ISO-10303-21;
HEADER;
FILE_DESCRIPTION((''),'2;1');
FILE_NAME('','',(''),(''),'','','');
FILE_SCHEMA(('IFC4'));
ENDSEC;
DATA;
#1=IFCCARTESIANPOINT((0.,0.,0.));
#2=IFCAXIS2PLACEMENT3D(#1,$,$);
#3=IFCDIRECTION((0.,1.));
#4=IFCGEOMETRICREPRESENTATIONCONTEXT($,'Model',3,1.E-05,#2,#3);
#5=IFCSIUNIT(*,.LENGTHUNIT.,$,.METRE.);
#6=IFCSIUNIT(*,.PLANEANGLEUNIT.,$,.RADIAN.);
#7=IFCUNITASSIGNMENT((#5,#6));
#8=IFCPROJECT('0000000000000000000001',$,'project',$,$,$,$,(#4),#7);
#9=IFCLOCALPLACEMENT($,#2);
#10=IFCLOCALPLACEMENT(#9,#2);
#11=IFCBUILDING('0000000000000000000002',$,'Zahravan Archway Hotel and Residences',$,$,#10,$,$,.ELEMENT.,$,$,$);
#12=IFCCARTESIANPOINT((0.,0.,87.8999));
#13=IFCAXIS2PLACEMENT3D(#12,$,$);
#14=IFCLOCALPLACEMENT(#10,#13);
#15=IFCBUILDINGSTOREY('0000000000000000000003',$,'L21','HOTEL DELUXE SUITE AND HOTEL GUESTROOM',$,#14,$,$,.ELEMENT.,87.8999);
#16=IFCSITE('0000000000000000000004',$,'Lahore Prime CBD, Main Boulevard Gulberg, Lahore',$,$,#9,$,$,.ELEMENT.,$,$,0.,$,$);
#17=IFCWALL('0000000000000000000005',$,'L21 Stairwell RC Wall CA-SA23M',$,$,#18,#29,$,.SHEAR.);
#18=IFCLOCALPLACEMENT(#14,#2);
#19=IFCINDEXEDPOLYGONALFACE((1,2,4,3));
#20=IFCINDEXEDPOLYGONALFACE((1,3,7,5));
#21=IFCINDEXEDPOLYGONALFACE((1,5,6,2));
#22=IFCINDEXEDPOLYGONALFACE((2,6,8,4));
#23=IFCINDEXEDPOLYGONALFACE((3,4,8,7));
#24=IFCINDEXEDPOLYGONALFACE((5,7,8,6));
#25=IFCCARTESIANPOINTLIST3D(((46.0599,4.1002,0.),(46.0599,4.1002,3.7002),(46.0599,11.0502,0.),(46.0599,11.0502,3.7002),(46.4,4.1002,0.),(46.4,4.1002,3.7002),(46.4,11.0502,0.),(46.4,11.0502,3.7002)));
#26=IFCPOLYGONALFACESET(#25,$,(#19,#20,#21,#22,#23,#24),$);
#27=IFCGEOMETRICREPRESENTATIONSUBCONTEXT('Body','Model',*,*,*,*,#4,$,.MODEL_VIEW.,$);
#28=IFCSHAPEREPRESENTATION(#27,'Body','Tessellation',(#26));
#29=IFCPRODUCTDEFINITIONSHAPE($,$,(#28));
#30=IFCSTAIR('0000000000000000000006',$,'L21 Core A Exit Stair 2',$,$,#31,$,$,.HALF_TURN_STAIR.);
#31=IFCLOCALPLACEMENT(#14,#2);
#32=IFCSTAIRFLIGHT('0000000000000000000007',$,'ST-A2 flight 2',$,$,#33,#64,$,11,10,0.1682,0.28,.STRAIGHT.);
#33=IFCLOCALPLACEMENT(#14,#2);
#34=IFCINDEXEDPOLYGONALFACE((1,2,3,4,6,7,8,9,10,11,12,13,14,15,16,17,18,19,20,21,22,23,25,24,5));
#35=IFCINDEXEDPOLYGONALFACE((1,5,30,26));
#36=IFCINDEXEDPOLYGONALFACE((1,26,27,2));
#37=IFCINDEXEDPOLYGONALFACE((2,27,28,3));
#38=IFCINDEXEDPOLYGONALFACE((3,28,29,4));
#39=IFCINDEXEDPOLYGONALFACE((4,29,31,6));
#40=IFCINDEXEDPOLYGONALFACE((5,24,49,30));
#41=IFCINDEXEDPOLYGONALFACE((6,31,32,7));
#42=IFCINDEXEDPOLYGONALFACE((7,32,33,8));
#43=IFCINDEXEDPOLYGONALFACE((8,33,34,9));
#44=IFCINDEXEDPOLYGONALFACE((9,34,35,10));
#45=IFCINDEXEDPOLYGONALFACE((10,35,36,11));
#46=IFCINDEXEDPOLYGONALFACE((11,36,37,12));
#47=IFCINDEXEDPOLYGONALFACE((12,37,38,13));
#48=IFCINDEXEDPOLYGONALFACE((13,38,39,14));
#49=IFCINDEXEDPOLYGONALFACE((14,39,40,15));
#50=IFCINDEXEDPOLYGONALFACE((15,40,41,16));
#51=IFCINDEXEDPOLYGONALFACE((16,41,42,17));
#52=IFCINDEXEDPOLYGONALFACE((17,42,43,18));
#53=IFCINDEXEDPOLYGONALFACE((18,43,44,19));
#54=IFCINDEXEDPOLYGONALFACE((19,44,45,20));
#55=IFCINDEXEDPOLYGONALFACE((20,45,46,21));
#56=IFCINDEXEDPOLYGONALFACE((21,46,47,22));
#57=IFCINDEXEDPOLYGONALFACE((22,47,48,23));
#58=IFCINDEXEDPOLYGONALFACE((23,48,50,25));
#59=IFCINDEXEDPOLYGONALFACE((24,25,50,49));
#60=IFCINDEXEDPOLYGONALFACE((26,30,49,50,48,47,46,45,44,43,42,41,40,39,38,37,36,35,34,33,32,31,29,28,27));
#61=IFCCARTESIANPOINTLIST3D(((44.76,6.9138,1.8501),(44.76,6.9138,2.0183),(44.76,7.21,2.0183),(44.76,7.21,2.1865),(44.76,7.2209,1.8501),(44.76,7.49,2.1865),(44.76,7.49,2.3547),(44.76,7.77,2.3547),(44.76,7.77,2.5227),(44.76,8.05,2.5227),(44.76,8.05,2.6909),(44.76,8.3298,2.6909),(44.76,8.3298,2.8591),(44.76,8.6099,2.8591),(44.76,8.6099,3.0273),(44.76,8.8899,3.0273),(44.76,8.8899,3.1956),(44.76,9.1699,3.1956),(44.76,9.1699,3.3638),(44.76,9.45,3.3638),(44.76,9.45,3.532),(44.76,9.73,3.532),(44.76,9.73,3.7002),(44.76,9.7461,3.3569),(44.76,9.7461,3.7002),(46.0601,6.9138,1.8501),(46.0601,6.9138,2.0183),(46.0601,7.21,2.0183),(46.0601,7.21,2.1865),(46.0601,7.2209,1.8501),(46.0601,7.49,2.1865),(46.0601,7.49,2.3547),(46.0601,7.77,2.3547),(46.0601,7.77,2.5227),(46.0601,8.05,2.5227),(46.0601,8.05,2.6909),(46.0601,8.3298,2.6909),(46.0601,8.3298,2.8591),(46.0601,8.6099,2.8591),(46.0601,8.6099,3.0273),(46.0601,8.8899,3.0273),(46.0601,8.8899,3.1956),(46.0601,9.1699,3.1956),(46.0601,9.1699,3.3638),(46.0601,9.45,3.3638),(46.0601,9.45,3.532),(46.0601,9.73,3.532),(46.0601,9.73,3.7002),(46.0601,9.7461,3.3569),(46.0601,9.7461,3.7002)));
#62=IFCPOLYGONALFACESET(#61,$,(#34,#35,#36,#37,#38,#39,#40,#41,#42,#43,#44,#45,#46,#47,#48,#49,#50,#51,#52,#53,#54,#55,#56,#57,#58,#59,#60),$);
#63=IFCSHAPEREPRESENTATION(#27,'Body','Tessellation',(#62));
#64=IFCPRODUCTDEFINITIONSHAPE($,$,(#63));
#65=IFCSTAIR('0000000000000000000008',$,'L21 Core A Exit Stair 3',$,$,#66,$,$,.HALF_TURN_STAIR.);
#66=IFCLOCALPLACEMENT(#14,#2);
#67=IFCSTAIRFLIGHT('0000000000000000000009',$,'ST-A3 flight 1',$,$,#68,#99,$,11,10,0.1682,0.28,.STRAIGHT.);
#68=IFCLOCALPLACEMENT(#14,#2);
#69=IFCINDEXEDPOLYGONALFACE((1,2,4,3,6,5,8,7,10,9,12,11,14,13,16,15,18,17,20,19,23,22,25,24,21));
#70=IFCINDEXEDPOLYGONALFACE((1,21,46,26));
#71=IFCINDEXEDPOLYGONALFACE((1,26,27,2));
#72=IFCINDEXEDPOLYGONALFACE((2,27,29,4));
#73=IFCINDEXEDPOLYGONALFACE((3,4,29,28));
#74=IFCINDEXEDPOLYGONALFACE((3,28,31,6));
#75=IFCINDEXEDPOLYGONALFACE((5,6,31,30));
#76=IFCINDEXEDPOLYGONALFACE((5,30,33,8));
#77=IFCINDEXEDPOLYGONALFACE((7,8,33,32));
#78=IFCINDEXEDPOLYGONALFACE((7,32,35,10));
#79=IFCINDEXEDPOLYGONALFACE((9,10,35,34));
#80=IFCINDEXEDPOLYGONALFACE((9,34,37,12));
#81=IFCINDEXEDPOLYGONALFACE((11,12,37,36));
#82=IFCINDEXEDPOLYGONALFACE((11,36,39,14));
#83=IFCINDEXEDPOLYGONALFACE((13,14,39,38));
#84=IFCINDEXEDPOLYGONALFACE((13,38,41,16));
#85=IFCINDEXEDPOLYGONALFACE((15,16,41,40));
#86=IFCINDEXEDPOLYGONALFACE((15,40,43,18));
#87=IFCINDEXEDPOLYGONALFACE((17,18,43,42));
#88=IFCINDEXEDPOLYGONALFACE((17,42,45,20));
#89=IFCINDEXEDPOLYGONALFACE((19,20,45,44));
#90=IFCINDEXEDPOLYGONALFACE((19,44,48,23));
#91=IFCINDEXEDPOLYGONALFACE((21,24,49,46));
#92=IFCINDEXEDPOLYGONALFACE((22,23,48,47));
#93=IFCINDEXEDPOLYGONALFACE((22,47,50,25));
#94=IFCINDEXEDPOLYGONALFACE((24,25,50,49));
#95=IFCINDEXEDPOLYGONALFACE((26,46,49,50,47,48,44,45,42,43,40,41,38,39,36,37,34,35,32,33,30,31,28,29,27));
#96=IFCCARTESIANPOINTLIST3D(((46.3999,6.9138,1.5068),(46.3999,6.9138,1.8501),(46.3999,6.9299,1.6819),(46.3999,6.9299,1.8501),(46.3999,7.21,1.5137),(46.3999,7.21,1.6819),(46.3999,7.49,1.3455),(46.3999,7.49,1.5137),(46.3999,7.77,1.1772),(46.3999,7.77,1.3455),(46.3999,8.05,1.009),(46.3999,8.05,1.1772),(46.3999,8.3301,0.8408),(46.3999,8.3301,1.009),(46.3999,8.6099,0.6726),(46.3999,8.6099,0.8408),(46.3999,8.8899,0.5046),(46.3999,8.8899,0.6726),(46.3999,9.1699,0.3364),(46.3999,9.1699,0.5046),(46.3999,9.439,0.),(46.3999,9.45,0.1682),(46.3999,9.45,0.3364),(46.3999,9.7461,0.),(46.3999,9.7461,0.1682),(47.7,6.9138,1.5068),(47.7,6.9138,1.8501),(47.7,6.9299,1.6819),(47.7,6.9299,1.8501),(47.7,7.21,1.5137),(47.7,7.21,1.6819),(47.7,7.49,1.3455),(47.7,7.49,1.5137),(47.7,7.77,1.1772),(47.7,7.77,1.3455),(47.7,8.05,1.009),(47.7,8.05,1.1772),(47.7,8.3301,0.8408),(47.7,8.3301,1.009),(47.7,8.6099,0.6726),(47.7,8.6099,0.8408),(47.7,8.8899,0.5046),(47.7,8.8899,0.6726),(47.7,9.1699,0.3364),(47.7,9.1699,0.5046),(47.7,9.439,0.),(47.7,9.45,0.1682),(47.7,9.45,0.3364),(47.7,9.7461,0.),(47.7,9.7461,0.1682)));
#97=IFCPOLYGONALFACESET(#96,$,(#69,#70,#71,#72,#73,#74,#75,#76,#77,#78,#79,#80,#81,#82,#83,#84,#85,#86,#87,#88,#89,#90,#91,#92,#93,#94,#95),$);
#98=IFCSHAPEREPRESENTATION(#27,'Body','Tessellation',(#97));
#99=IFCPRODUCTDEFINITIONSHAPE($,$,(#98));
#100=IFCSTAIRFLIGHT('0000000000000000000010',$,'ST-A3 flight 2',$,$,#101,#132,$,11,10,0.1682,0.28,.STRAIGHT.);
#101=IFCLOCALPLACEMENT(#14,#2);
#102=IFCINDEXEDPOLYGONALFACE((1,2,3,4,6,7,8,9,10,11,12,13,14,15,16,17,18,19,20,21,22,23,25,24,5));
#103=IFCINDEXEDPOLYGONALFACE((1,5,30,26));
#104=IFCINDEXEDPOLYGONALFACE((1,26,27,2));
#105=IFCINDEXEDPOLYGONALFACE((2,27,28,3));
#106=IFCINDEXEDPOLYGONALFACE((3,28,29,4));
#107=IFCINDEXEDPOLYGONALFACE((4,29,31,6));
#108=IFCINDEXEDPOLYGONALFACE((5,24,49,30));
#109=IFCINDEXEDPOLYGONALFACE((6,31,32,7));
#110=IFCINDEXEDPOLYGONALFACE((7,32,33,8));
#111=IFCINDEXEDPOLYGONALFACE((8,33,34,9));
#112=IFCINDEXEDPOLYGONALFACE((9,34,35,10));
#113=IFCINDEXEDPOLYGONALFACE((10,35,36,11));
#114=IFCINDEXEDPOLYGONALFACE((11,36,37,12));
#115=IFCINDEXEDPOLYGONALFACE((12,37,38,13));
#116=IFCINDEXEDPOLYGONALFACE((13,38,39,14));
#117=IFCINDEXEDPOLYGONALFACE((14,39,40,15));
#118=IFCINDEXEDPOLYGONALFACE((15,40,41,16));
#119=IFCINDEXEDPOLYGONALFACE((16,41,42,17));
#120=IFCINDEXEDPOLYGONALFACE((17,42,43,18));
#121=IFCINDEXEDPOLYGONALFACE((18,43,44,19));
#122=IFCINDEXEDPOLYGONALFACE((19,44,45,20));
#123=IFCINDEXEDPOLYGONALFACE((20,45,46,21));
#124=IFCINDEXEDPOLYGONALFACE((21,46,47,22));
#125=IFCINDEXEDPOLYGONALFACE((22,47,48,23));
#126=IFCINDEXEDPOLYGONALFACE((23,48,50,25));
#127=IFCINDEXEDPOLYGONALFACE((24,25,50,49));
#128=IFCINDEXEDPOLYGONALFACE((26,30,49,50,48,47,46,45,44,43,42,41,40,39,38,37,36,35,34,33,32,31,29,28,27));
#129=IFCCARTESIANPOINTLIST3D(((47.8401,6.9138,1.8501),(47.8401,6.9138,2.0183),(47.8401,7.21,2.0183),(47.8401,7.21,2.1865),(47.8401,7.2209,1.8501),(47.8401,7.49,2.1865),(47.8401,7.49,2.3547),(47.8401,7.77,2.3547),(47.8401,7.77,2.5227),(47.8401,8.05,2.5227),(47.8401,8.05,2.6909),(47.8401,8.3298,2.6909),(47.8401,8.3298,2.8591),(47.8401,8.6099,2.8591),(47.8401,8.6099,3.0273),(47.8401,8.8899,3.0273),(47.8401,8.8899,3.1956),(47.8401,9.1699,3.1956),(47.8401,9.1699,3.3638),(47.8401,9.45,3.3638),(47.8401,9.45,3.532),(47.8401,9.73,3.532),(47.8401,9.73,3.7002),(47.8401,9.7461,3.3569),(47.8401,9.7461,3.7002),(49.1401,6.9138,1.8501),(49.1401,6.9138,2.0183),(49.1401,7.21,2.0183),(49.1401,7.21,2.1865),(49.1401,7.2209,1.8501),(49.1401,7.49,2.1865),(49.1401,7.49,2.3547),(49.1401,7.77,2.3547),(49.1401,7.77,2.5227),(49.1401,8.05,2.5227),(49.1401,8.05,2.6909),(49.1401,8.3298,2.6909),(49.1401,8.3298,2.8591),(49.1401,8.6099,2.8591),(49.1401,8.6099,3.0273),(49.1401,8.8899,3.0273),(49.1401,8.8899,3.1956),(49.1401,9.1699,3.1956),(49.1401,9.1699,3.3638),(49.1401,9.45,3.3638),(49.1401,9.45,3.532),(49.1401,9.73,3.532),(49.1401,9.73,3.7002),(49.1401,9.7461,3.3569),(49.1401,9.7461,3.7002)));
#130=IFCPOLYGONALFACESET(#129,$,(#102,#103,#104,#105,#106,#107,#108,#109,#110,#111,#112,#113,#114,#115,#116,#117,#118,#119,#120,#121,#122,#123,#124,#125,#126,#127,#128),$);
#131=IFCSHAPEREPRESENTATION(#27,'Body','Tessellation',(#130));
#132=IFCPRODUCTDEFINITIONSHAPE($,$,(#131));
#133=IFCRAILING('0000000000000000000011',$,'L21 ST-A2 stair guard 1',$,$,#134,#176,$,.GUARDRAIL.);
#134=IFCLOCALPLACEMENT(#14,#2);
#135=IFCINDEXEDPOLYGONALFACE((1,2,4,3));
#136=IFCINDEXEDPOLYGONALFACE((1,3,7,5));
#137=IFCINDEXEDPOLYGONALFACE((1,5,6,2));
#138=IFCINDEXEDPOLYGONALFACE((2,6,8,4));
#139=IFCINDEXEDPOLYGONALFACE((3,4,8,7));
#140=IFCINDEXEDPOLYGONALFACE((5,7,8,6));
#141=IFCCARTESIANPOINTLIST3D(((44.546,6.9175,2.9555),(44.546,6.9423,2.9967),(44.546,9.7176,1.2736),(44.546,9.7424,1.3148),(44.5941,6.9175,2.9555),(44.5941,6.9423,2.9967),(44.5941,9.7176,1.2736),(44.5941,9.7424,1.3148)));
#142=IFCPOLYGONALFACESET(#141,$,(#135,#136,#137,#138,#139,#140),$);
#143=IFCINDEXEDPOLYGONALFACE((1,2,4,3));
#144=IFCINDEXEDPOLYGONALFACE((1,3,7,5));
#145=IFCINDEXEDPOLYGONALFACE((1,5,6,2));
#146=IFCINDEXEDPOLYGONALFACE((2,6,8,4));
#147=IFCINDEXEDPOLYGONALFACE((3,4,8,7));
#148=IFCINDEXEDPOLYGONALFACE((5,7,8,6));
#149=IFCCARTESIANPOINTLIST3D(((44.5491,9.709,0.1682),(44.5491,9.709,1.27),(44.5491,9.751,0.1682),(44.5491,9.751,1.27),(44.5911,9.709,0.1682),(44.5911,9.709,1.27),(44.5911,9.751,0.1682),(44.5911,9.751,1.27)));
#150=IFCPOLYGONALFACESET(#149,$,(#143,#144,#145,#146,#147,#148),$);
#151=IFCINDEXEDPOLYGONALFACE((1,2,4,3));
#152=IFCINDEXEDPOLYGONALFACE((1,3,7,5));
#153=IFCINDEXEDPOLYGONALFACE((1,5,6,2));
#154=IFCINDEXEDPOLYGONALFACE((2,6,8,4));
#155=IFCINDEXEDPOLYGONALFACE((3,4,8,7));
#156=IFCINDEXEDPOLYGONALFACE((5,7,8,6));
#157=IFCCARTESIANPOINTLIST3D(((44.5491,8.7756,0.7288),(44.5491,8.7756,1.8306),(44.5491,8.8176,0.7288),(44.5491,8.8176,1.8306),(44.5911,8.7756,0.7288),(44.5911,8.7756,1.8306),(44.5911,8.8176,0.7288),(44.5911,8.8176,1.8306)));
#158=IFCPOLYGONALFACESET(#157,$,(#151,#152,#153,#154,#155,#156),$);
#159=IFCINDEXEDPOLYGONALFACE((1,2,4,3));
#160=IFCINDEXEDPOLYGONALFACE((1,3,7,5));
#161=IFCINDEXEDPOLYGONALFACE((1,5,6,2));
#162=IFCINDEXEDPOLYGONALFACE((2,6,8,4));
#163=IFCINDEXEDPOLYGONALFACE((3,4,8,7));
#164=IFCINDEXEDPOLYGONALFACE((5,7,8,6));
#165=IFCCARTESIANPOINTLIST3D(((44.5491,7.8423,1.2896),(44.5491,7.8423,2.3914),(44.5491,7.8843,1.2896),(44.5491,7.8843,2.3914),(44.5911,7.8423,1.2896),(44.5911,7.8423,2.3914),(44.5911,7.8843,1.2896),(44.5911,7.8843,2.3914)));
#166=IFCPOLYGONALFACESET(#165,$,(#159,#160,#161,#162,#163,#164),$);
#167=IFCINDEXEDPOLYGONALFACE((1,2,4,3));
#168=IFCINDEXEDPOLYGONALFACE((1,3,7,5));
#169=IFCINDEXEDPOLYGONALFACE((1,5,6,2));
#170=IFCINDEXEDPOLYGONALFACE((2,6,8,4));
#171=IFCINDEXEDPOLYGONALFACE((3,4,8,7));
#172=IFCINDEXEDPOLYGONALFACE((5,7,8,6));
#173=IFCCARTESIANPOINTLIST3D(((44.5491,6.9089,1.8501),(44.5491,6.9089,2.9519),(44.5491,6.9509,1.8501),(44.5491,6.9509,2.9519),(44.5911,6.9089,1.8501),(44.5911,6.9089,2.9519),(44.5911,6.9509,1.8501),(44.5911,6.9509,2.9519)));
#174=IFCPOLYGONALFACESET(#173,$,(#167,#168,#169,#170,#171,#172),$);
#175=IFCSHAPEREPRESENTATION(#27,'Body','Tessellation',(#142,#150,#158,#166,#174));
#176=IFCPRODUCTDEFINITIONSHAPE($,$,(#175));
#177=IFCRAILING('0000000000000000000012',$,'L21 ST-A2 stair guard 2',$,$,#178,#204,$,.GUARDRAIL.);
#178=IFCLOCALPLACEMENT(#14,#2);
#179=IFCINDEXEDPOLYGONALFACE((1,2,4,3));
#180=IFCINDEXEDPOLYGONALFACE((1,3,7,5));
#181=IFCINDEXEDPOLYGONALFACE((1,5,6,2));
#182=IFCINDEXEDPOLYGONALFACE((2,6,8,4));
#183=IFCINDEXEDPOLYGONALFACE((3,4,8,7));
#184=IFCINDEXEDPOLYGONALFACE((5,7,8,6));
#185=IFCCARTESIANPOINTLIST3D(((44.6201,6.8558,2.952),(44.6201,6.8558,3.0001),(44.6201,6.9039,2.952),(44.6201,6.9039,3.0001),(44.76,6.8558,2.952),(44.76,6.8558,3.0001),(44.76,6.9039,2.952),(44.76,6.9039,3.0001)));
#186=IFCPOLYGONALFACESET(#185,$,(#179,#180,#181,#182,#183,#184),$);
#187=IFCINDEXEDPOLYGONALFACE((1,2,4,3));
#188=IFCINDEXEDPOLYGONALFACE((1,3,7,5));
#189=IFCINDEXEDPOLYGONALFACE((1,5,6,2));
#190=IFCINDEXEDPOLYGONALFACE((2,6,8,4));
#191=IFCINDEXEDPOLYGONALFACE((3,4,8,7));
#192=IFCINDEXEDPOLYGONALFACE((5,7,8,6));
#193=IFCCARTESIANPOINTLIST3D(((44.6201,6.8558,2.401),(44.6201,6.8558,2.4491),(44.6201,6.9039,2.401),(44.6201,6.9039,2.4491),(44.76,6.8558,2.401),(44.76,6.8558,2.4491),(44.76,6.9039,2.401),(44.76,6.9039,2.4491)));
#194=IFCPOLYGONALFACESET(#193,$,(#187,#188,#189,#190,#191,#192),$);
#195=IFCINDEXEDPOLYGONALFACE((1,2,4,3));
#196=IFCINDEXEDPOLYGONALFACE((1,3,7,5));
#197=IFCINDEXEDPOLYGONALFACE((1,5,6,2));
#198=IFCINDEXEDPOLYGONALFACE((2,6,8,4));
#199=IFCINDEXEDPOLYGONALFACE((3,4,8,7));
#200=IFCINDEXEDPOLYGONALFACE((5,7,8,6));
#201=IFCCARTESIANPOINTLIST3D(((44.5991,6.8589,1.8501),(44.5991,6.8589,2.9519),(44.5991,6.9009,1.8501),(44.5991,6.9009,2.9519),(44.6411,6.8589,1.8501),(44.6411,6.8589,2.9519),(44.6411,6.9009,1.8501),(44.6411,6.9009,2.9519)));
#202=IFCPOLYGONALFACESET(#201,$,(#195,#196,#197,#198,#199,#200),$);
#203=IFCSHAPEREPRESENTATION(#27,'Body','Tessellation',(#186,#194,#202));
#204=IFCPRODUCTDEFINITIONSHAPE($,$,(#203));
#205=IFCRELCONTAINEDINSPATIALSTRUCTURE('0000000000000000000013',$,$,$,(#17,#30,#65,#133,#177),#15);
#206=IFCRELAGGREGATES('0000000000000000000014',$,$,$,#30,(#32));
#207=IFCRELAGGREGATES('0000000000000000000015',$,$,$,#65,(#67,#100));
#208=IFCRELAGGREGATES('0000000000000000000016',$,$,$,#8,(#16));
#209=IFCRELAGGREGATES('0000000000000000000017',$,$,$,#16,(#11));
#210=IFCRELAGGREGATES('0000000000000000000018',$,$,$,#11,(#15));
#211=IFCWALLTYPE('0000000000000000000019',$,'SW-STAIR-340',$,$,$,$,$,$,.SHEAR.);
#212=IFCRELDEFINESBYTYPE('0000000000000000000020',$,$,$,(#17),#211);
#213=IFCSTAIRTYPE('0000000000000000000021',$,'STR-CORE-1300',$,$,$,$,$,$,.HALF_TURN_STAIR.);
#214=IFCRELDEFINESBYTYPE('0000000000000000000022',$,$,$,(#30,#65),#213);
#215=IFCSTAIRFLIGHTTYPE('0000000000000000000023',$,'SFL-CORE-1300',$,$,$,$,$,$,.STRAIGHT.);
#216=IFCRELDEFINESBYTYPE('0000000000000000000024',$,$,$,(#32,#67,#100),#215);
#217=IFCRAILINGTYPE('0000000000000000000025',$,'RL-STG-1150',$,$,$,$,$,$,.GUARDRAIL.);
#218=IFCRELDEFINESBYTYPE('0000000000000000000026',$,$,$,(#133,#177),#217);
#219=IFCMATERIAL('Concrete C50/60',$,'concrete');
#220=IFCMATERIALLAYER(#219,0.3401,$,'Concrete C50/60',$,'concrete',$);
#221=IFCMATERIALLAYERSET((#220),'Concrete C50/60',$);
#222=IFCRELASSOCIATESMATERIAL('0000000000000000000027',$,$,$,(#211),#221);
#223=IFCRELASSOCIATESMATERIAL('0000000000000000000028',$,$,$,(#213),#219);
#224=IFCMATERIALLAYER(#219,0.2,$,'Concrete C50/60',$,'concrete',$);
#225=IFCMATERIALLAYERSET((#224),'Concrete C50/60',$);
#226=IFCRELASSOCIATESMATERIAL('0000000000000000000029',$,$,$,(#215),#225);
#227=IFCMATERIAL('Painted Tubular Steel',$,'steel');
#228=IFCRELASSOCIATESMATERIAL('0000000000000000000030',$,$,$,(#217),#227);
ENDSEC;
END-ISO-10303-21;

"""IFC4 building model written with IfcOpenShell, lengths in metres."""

from ifc_helpers import new_model, si_unit, direction, frame, frame_2d, origin, origin_2d, place, context, subcontext, project, spatial, polyline, rectangle, outline, extrude, source, transform, mapped, material, layer, layer_set, type_object, element, aggregate, save


model = new_model("IFC4")

# Units and contexts
model_context = context("Model", 3, precision=1e-05, world=origin(), true_north=direction((0.0, 1.0)))
body_context = subcontext(model_context, "Body", "Model", "MODEL_VIEW")
ifc_project = project(units=[si_unit("LENGTHUNIT", "METRE"), si_unit("PLANEANGLEUNIT", "RADIAN")], contexts=[model_context])

# Site, building, storey
site_placement = place(None, origin())
site = spatial("IfcSite", under=ifc_project, at=site_placement, Name="Lahore Prime CBD, Main Boulevard Gulberg, Lahore", CompositionType="ELEMENT", RefElevation=0.0)
building_placement = place(site_placement, origin())
building = spatial("IfcBuilding", under=site, at=building_placement, Name="Zahravan Archway Hotel and Residences", CompositionType="ELEMENT")
storey_placement = place(building_placement, frame((0.0, 0.0, 87.8999)))
storey = spatial("IfcBuildingStorey", under=building, at=storey_placement, Name="L21", Description="HOTEL DELUXE SUITE AND HOTEL GUESTROOM", CompositionType="ELEMENT", Elevation=87.8999)

# Wall
ifc_material_1 = material(Name="Concrete C50/60", Category="concrete")
ifc_layer_1 = layer(ifc_material_1, 0.3401, Name="Concrete C50/60", Category="concrete")
ifc_layer_set_1 = layer_set([ifc_layer_1], Name="Concrete C50/60")
wall_type = type_object("IfcWallType", Name="SW-STAIR-340", PredefinedType="SHEAR", material=ifc_layer_set_1)
wall_placement = place(storey_placement, frame((46.23, 4.1001, 0.0), z_axis=(0.0, 0.0, 1.0), x_axis=(0.0, 1.0, 0.0)))
element("IfcWall", 1, at=wall_placement, inside=storey, type_object=wall_type, Name="L21 Stairwell RC Wall CA-SA23M", PredefinedType="SHEAR", context=body_context, shape_type="SweptSolid", body=[
    extrude(rectangle(XDim=6.95, YDim=0.3401, at=frame_2d((3.4751, 0.0))), origin(), (0.0, 0.0, 1.0), 3.7002),
])

# Stair, stair flight
stair_type = type_object("IfcStairType", Name="STR-CORE-1300", PredefinedType="HALF_TURN_STAIR", material=ifc_material_1)
stair_1_placement = place(storey_placement, origin())
stair_1 = element("IfcStair", 2, at=stair_1_placement, inside=storey, type_object=stair_type, Name="L21 Core A Exit Stair 2", PredefinedType="HALF_TURN_STAIR")
ifc_layer_2 = layer(ifc_material_1, 0.2, Name="Concrete C50/60", Category="concrete")
ifc_layer_set_2 = layer_set([ifc_layer_2], Name="Concrete C50/60")
stair_flight_type = type_object("IfcStairFlightType", Name="SFL-CORE-1300", PredefinedType="STRAIGHT", material=ifc_layer_set_2)
shared_shape = source(origin(), body_context, "Body", "SweptSolid", [
    extrude(outline(polyline([(-0.0161, 0.0), (-0.0161, 0.1682), (0.28, 0.1682), (0.28, 0.3364), (0.5601, 0.3364), (0.5601, 0.5046), (0.8401, 0.5046), (0.8401, 0.6726), (1.1201, 0.6726), (1.1201, 0.8408), (1.3999, 0.8408), (1.3999, 1.009), (1.6799, 1.009), (1.6799, 1.1772), (1.96, 1.1772), (1.96, 1.3455), (2.24, 1.3455), (2.24, 1.5137), (2.52, 1.5137), (2.52, 1.6819), (2.8, 1.6819), (2.8, 1.8501), (2.8162, 1.8501), (2.8162, 1.5068), (0.291, 0.0), (-0.0161, 0.0)])), frame((0.0, 0.6499, 0.0), z_axis=(0.0, -1.0, 0.0), x_axis=(1.0, 0.0, 0.0)), (0.0, 0.0, 1.0), 1.3),
])
stair_flight_1_placement = place(storey_placement, frame((45.4099, 6.9299, 1.8501), z_axis=(0.0, 0.0, 1.0), x_axis=(0.0, 1.0, 0.0)))
stair_flight_1 = element("IfcStairFlight", 3, at=stair_flight_1_placement, type_object=stair_flight_type, Name="ST-A2 flight 2", NumberOfRisers=11, NumberOfTreads=10, PredefinedType="STRAIGHT", RiserHeight=0.1682, TreadLength=0.28, context=body_context, shape_type="MappedRepresentation", body=[
    mapped(shared_shape, transform((0.0, 0.0, 0.0), scale=1.0)),
])
aggregate(stair_1, [stair_flight_1])

# Stair, stair flights
stair_2_placement = place(storey_placement, origin())
stair_2 = element("IfcStair", 4, at=stair_2_placement, inside=storey, type_object=stair_type, Name="L21 Core A Exit Stair 3", PredefinedType="HALF_TURN_STAIR")
stair_flight_2_placement = place(storey_placement, frame((47.05, 9.73, 0.0), z_axis=(0.0, 0.0, 1.0), x_axis=(0.0, -1.0, 0.0)))
stair_flight_2 = element("IfcStairFlight", 5, at=stair_flight_2_placement, type_object=stair_flight_type, Name="ST-A3 flight 1", NumberOfRisers=11, NumberOfTreads=10, PredefinedType="STRAIGHT", RiserHeight=0.1682, TreadLength=0.28, context=body_context, shape_type="MappedRepresentation", body=[
    mapped(shared_shape, transform((0.0, 0.0, 0.0), scale=1.0)),
])
stair_flight_3_placement = place(storey_placement, frame((48.49, 6.9299, 1.8501), z_axis=(0.0, 0.0, 1.0), x_axis=(0.0, 1.0, 0.0)))
stair_flight_3 = element("IfcStairFlight", 6, at=stair_flight_3_placement, type_object=stair_flight_type, Name="ST-A3 flight 2", NumberOfRisers=11, NumberOfTreads=10, PredefinedType="STRAIGHT", RiserHeight=0.1682, TreadLength=0.28, context=body_context, shape_type="MappedRepresentation", body=[
    mapped(shared_shape, transform((0.0, 0.0, 0.0), scale=1.0)),
])
aggregate(stair_2, [stair_flight_2, stair_flight_3])

# Railings
ifc_material_2 = material(Name="Painted Tubular Steel", Category="steel")
railing_type_1 = type_object("IfcRailingType", Name="RL-STG-1150", PredefinedType="GUARDRAIL", material=ifc_material_2)
railing_1_placement = place(storey_placement, frame((44.5701, 9.73, 0.1682)))
element("IfcRailing", 7, at=railing_1_placement, inside=storey, type_object=railing_type_1, Name="L21 ST-A2 stair guard 1", PredefinedType="GUARDRAIL", context=body_context, shape_type="SweptSolid", body=[
    extrude(rectangle(XDim=0.0481, YDim=0.0481, at=origin_2d()), frame((0.0, 0.0, 1.126), z_axis=(0.0, -0.857242, 0.514913), x_axis=(1.0, 0.0, 0.0)), (0.0, 0.0, 1.0), 3.2664),
    extrude(rectangle(XDim=0.042, YDim=0.042, at=origin_2d()), origin(), (0.0, 0.0, 1.0), 1.1018),
    extrude(rectangle(XDim=0.042, YDim=0.042, at=origin_2d()), frame((0.0, -0.9333, 0.5605)), (0.0, 0.0, 1.0), 1.1018),
    extrude(rectangle(XDim=0.042, YDim=0.042, at=origin_2d()), frame((0.0, -1.8667, 1.1213)), (0.0, 0.0, 1.0), 1.1018),
    extrude(rectangle(XDim=0.042, YDim=0.042, at=origin_2d()), frame((0.0, -2.8, 1.6819)), (0.0, 0.0, 1.0), 1.1018),
])
railing_2_placement = place(storey_placement, frame((44.6201, 6.8799, 1.8501)))
element("IfcRailing", 8, at=railing_2_placement, inside=storey, type_object=railing_type_1, Name="L21 ST-A2 stair guard 2", PredefinedType="GUARDRAIL", context=body_context, shape_type="SweptSolid", body=[
    extrude(rectangle(XDim=0.0481, YDim=0.0481, at=origin_2d()), frame((0.0, 0.0, 1.126), z_axis=(1.0, 0.0, 0.0), x_axis=(0.0, 1.0, 0.0)), (0.0, 0.0, 1.0), 0.1399),
    extrude(rectangle(XDim=0.0481, YDim=0.0481, at=origin_2d()), frame((0.0, 0.0, 0.575), z_axis=(1.0, 0.0, 0.0), x_axis=(0.0, 1.0, 0.0)), (0.0, 0.0, 1.0), 0.1399),
    extrude(rectangle(XDim=0.042, YDim=0.042, at=origin_2d()), origin(), (0.0, 0.0, 1.0), 1.1018),
])

save(model, "model.ifc")
